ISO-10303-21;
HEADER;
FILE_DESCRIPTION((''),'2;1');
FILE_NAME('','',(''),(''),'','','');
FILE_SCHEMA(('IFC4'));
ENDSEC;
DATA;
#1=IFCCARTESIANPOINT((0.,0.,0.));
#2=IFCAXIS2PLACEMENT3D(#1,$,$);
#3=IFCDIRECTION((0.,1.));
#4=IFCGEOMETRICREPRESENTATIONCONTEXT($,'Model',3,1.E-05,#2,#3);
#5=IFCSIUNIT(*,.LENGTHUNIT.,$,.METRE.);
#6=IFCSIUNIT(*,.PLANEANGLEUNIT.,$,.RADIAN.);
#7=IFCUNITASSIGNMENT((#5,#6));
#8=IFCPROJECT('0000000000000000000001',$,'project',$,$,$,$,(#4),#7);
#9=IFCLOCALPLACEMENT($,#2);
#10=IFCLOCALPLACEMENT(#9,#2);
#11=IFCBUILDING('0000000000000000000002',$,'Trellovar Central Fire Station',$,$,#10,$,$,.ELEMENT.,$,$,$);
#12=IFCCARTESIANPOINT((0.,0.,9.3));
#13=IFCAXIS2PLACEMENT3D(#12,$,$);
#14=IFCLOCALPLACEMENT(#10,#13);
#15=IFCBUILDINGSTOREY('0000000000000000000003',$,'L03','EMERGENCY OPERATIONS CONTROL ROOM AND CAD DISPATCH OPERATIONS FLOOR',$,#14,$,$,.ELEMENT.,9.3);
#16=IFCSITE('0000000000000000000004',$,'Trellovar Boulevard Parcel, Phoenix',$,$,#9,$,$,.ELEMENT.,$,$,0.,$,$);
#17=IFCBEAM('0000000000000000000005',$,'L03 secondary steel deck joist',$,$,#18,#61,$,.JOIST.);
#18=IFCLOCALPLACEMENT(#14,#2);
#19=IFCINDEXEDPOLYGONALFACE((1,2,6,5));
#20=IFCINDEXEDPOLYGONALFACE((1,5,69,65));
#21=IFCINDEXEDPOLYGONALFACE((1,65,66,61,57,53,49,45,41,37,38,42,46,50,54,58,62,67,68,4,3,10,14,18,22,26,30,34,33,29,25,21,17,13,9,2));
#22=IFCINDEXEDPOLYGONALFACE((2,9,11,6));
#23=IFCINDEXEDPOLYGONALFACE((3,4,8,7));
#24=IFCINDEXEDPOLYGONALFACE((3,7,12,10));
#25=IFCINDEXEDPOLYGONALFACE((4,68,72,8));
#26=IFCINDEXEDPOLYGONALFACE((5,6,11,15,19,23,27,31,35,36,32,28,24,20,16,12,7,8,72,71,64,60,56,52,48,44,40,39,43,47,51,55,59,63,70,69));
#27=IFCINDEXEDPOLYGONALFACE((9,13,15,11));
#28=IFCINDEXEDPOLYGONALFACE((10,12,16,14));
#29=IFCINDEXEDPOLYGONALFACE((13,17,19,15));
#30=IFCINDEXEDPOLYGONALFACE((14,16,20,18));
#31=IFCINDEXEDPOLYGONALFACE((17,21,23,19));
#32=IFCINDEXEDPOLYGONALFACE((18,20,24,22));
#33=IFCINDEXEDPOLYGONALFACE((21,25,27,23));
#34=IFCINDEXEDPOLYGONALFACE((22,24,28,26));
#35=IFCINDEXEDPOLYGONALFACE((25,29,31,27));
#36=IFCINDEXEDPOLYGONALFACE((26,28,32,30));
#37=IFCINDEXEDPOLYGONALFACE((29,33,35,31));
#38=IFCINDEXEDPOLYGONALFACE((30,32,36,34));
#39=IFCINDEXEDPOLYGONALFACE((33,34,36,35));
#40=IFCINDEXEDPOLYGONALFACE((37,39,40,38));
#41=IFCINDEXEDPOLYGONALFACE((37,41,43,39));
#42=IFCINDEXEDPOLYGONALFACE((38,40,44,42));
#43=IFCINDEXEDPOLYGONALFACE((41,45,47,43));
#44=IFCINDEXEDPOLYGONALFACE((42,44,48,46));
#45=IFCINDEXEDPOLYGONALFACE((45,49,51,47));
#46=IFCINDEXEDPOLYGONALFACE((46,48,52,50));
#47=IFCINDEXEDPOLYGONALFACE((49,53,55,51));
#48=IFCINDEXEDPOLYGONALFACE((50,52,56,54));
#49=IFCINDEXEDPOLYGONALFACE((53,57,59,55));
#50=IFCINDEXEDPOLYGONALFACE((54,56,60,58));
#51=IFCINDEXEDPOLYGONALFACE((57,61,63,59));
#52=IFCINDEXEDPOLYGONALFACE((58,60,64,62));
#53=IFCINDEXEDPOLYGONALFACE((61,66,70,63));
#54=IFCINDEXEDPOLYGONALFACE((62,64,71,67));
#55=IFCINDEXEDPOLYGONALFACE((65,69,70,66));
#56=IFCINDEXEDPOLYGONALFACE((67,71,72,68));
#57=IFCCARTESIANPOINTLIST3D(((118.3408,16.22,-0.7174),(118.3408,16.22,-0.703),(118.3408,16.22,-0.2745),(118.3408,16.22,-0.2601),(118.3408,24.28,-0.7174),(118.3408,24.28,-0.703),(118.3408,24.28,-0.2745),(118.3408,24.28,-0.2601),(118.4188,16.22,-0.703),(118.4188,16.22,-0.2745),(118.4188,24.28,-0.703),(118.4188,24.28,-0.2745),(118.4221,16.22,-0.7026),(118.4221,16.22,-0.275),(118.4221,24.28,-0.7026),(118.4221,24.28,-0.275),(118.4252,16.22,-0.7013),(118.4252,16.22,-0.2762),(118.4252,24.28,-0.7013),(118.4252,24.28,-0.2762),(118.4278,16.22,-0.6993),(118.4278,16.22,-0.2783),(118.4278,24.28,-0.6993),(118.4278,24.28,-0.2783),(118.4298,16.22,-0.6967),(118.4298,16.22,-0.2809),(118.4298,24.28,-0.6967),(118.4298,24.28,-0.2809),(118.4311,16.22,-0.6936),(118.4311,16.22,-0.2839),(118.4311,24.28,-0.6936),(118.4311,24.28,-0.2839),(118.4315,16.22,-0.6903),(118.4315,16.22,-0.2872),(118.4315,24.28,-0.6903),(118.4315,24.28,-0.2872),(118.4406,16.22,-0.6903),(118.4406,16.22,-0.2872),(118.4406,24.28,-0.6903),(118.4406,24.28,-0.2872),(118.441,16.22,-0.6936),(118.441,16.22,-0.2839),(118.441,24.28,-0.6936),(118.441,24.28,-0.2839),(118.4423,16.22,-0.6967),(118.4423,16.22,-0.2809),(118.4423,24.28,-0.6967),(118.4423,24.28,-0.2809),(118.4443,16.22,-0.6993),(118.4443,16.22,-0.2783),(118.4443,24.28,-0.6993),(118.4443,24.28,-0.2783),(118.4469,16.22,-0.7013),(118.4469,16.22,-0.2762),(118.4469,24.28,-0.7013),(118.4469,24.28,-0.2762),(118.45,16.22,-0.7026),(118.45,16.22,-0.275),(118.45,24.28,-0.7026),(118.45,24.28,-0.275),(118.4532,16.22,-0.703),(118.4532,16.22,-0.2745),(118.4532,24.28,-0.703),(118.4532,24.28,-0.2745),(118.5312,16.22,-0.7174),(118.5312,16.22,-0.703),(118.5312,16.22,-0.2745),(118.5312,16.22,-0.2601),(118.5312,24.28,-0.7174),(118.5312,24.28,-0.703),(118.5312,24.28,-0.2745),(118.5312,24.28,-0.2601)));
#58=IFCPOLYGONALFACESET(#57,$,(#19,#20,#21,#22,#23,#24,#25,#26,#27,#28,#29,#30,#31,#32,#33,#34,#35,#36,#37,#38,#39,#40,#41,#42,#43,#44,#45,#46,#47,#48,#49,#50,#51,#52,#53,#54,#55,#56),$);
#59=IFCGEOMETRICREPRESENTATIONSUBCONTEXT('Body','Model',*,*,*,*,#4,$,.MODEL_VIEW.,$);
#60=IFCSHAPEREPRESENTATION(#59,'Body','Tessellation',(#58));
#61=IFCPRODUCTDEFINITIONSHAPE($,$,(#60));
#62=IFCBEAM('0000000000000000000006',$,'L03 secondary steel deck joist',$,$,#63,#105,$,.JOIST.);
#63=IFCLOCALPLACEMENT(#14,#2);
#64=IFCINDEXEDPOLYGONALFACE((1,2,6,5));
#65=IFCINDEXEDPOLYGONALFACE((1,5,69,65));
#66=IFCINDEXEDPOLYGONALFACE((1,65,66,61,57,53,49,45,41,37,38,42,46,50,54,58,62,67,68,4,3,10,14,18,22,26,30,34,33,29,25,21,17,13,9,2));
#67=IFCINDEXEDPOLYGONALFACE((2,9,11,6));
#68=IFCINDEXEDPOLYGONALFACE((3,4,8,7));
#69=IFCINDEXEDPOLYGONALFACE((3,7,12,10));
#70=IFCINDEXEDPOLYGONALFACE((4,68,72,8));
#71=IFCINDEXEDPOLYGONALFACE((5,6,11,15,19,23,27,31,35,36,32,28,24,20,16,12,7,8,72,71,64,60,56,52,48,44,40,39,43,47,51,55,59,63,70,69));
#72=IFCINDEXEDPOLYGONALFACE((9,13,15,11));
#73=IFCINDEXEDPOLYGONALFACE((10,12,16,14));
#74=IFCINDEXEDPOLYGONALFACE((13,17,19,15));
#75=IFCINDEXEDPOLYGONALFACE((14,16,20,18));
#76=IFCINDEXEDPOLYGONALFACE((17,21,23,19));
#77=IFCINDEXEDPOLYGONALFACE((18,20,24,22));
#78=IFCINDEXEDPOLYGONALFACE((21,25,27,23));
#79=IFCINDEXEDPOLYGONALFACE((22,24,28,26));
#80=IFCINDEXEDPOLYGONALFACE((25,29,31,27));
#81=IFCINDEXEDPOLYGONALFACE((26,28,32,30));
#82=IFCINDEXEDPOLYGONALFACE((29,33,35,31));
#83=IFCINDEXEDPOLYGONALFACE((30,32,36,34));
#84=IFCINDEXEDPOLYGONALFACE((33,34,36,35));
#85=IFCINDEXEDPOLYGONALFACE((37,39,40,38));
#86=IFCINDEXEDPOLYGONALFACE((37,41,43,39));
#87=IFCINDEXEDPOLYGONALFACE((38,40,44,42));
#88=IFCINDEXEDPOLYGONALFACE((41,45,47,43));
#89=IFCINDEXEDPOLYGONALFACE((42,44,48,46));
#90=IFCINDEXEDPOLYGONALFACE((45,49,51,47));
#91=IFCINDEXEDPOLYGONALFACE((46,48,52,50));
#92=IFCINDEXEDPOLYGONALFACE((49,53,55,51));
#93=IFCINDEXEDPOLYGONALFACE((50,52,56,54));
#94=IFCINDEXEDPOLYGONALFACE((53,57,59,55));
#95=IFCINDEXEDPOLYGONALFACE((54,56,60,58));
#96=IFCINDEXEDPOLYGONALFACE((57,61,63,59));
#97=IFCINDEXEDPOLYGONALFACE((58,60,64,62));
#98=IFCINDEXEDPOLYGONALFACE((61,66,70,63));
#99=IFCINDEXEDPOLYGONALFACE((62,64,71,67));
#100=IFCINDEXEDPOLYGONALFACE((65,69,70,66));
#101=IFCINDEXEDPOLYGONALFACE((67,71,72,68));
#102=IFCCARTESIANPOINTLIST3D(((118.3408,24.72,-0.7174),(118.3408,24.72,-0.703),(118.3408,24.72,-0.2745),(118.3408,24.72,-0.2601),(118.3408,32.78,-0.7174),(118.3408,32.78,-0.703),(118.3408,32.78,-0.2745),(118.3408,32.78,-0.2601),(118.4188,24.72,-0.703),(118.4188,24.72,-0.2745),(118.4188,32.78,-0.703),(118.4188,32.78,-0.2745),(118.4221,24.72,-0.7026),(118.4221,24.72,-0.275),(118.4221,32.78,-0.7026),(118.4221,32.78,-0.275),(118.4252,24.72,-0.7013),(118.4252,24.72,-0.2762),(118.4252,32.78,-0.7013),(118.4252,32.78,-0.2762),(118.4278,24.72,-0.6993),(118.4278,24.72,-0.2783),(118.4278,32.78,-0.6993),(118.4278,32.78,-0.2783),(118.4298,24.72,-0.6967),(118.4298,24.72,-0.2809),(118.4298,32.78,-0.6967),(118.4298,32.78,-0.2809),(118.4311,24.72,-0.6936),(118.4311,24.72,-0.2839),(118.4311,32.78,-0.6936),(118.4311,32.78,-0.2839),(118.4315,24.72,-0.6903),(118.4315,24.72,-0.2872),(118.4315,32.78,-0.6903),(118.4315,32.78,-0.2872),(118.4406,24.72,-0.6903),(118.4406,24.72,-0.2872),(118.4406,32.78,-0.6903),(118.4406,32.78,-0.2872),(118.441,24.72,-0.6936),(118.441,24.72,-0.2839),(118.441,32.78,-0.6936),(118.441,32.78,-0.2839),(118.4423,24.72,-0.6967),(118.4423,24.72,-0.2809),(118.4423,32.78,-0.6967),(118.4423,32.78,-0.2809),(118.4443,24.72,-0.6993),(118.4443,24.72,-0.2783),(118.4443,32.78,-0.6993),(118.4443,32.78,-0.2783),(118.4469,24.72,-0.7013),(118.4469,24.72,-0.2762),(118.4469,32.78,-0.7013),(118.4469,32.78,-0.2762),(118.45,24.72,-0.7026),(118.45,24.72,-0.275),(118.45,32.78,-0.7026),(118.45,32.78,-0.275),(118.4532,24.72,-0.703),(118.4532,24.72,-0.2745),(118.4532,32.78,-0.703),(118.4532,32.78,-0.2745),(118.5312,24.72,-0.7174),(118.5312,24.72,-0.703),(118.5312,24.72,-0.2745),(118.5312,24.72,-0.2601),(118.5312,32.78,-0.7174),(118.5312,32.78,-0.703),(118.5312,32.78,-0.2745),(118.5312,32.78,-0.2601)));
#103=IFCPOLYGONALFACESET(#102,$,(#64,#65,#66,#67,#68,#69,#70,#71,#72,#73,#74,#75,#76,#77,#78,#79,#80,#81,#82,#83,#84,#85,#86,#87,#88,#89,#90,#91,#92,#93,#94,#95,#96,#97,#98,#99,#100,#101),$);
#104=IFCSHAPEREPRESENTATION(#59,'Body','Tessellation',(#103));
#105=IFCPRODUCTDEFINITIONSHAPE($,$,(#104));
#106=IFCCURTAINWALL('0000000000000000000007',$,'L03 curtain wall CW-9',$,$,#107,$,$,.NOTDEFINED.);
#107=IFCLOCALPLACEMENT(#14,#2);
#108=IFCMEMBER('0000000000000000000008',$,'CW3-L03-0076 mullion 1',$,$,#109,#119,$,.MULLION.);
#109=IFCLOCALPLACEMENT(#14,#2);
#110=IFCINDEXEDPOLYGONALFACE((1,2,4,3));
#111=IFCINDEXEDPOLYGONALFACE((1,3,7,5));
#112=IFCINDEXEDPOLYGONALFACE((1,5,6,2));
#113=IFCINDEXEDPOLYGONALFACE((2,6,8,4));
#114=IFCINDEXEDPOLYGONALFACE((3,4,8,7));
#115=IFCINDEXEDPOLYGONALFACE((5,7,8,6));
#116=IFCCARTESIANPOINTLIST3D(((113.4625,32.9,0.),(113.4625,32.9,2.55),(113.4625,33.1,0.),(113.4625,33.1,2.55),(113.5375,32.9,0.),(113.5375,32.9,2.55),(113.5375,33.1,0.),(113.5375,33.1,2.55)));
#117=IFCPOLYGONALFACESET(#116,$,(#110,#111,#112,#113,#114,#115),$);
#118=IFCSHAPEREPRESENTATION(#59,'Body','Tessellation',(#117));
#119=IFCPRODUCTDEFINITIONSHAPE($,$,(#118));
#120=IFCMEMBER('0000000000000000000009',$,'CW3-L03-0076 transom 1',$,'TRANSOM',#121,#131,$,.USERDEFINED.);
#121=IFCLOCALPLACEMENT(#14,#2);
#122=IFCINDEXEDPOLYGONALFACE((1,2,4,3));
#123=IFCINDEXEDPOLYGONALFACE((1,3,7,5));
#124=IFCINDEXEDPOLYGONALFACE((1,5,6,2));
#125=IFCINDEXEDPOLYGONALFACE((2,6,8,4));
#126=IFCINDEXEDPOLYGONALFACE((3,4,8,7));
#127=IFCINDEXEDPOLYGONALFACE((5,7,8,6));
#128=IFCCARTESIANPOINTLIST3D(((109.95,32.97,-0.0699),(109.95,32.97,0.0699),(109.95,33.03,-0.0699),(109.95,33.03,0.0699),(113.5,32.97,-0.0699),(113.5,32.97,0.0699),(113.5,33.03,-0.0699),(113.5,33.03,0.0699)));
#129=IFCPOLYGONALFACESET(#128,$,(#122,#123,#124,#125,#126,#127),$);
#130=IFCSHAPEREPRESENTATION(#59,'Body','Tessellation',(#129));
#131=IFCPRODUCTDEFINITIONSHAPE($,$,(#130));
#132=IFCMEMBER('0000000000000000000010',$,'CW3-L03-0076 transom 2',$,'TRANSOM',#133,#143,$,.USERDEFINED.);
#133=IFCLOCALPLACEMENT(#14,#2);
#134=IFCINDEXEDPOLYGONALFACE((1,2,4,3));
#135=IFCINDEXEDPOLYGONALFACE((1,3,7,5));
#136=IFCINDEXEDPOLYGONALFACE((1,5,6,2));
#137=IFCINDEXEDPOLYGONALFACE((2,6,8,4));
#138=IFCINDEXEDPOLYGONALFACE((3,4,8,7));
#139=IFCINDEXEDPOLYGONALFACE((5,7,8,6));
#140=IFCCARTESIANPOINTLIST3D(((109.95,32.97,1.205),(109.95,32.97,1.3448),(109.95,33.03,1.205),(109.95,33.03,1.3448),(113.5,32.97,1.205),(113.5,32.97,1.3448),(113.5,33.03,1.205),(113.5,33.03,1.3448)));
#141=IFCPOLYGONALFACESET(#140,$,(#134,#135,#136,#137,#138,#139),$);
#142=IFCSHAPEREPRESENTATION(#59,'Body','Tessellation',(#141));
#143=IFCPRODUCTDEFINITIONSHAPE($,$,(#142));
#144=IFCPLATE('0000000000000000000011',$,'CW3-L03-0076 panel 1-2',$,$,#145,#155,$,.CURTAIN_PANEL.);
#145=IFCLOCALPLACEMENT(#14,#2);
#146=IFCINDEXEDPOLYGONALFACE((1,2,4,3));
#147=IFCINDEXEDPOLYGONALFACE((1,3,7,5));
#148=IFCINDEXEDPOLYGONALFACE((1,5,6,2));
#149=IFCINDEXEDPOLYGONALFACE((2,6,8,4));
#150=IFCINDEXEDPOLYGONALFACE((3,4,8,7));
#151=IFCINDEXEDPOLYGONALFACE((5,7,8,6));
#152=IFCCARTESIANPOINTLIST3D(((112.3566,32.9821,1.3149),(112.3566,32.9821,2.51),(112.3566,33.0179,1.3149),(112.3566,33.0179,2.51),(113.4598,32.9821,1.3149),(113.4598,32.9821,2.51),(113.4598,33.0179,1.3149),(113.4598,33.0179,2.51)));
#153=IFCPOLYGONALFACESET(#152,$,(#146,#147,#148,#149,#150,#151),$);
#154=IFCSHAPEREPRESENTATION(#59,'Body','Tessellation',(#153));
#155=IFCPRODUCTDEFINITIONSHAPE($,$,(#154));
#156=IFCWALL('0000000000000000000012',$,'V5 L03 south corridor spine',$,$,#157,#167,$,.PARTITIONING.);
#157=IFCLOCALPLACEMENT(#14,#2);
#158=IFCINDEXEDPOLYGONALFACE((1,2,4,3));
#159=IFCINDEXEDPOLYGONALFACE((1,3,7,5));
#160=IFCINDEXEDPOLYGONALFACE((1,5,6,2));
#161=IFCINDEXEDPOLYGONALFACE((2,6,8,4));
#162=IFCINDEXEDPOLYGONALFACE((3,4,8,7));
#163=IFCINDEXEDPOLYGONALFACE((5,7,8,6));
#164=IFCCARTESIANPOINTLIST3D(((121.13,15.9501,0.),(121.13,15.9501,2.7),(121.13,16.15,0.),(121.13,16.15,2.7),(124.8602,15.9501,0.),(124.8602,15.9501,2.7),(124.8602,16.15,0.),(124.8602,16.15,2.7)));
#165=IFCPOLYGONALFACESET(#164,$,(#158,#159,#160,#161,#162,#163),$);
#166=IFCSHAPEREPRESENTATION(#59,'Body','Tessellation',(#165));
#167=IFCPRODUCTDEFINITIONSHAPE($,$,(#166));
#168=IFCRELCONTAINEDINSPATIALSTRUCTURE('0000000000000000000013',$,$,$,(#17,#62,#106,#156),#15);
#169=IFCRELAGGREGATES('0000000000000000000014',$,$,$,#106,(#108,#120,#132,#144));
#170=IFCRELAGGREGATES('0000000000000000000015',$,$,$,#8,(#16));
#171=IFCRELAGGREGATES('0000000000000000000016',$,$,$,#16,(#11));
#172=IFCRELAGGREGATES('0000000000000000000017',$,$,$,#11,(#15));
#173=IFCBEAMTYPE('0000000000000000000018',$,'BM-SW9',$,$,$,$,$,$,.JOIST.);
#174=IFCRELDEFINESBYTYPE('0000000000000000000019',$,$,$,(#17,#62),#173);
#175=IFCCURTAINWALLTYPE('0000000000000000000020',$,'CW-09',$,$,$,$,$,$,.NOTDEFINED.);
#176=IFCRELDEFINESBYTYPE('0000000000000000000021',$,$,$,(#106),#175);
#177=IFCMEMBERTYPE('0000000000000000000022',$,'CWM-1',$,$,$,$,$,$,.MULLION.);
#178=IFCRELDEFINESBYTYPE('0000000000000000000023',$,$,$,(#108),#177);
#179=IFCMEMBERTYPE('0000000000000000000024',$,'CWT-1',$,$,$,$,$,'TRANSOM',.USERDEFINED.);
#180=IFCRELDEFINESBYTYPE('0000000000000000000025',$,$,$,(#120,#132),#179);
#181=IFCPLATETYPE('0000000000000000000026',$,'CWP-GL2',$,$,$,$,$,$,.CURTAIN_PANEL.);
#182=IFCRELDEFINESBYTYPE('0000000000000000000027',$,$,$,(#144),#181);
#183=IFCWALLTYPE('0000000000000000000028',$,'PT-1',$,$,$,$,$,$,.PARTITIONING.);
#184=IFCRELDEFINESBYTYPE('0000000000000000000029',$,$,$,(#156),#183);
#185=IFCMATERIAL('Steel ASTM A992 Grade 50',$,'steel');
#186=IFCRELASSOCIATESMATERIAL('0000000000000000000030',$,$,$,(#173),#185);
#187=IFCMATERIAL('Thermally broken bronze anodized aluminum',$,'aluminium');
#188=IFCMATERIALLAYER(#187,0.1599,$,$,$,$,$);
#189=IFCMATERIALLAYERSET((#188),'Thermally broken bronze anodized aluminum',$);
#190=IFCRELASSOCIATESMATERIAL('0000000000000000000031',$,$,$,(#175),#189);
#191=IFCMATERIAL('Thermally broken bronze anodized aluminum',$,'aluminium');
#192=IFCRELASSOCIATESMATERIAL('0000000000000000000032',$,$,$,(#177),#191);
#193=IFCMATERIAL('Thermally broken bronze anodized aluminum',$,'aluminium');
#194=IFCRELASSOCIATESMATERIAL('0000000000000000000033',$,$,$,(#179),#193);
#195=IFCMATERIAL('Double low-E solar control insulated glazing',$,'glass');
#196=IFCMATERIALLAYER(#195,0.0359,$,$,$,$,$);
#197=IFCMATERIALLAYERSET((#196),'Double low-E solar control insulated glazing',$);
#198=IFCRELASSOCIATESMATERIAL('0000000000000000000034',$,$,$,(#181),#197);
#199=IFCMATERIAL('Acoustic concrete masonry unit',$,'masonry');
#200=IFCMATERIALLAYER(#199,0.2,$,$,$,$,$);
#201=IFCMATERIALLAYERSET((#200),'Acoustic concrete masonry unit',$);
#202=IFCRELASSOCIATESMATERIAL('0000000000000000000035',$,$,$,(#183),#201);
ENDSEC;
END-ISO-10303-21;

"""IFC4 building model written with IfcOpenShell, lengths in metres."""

from ifc_helpers import new_model, si_unit, direction, frame, frame_2d, origin, origin_2d, place, context, subcontext, project, spatial, rectangle, i_section, extrude, material, layer, layer_set, material_profile, profile_set, type_object, element, aggregate, save


model = new_model("IFC4")

# Units and contexts
model_context = context("Model", 3, precision=1e-05, world=origin(), true_north=direction((0.0, 1.0)))
body_context = subcontext(model_context, "Body", "Model", "MODEL_VIEW")
ifc_project = project(units=[si_unit("LENGTHUNIT", "METRE"), si_unit("PLANEANGLEUNIT", "RADIAN")], contexts=[model_context])

# Site, building, storey
site_placement = place(None, origin())
site = spatial("IfcSite", under=ifc_project, at=site_placement, Name="Trellovar Boulevard Parcel, Phoenix", CompositionType="ELEMENT", RefElevation=0.0)
building_placement = place(site_placement, origin())
building = spatial("IfcBuilding", under=site, at=building_placement, Name="Trellovar Central Fire Station", CompositionType="ELEMENT")
storey_placement = place(building_placement, frame((0.0, 0.0, 9.3)))
storey = spatial("IfcBuildingStorey", under=building, at=storey_placement, Name="L03", Description="EMERGENCY OPERATIONS CONTROL ROOM AND CAD DISPATCH OPERATIONS FLOOR", CompositionType="ELEMENT", Elevation=9.3)

# Beams
ifc_material_1 = material(Name="Steel ASTM A992 Grade 50", Category="steel")
ifc_material_profile_1 = material_profile(ifc_material_1, i_section(OverallWidth=0.1904, OverallDepth=0.4573, WebThickness=0.009, FlangeThickness=0.0144, FilletRadius=0.0127, at=origin_2d()), Name="W18X50")
ifc_profile_set_1 = profile_set([ifc_material_profile_1], Name="Steel ASTM A992 Grade 50")
beam_type_1 = type_object("IfcBeamType", Name="BM-SW9", PredefinedType="JOIST", material=ifc_profile_set_1)
for number, where, z_axis, x_axis, name in (
    (1, (118.436, 16.22, -0.4888), (0.0, 1.0, 0.0), (-1.0, 0.0, 0.0), "L03 secondary steel deck joist"),
    (2, (118.436, 24.72, -0.4888), (0.0, 1.0, 0.0), (-1.0, 0.0, 0.0), "L03 secondary steel deck joist"),
):
    element("IfcBeam", number, at=place(storey_placement, frame(where, z_axis=z_axis, x_axis=x_axis)), inside=storey, type_object=beam_type_1, Name=name, PredefinedType="JOIST", context=body_context, shape_type="SweptSolid", body=[
        extrude(i_section(OverallWidth=0.1904, OverallDepth=0.4573, WebThickness=0.009, FlangeThickness=0.0144, FilletRadius=0.0127, at=origin_2d()), origin(), (0.0, 0.0, 1.0), 8.0601),
    ])

# Curtain wall, members, plate
ifc_material_2 = material(Name="Thermally broken bronze anodized aluminum", Category="aluminium")
ifc_layer_1 = layer(ifc_material_2, 0.1599)
ifc_layer_set_1 = layer_set([ifc_layer_1], Name="Thermally broken bronze anodized aluminum")
curtain_wall_type = type_object("IfcCurtainWallType", Name="CW-09", PredefinedType="NOTDEFINED", material=ifc_layer_set_1)
curtain_wall_placement = place(storey_placement, origin())
curtain_wall = element("IfcCurtainWall", 3, at=curtain_wall_placement, inside=storey, type_object=curtain_wall_type, Name="L03 curtain wall CW-9", PredefinedType="NOTDEFINED")
ifc_material_3 = material(Name="Thermally broken bronze anodized aluminum", Category="aluminium")
ifc_material_profile_2 = material_profile(ifc_material_3, rectangle(XDim=0.075, YDim=0.2, at=origin_2d()), Name="ALU75X200")
ifc_profile_set_2 = profile_set([ifc_material_profile_2], Name="Thermally broken bronze anodized aluminum")
member_type_1 = type_object("IfcMemberType", Name="CWM-1", PredefinedType="MULLION", material=ifc_profile_set_2)
member_1_placement = place(storey_placement, frame((113.5, 33.0, 0.0), z_axis=(0.0, 0.0, 1.0), x_axis=(1.0, 0.0, 0.0)))
member_1 = element("IfcMember", 4, at=member_1_placement, type_object=member_type_1, Name="CW3-L03-0076 mullion 1", PredefinedType="MULLION", context=body_context, shape_type="SweptSolid", body=[
    extrude(rectangle(XDim=0.075, YDim=0.2, at=origin_2d()), origin(), (0.0, 0.0, 1.0), 2.55),
])
ifc_material_4 = material(Name="Thermally broken bronze anodized aluminum", Category="aluminium")
ifc_material_profile_3 = material_profile(ifc_material_4, rectangle(XDim=0.0601, YDim=0.1399, at=origin_2d()), Name="ALU60X140")
ifc_profile_set_3 = profile_set([ifc_material_profile_3], Name="Thermally broken bronze anodized aluminum")
member_type_2 = type_object("IfcMemberType", Name="CWT-1", ElementType="TRANSOM", PredefinedType="USERDEFINED", material=ifc_profile_set_3)
member_2_placement = place(storey_placement, frame((113.5, 33.0, 0.0), z_axis=(-1.0, 0.0, 0.0), x_axis=(0.0, -1.0, 0.0)))
member_2 = element("IfcMember", 5, at=member_2_placement, type_object=member_type_2, Name="CW3-L03-0076 transom 1", ObjectType="TRANSOM", PredefinedType="USERDEFINED", context=body_context, shape_type="SweptSolid", body=[
    extrude(rectangle(XDim=0.0601, YDim=0.1399, at=origin_2d()), origin(), (0.0, 0.0, 1.0), 3.55),
])
member_3_placement = place(storey_placement, frame((113.5, 33.0, 1.2749), z_axis=(-1.0, 0.0, 0.0), x_axis=(0.0, -1.0, 0.0)))
member_3 = element("IfcMember", 6, at=member_3_placement, type_object=member_type_2, Name="CW3-L03-0076 transom 2", ObjectType="TRANSOM", PredefinedType="USERDEFINED", context=body_context, shape_type="SweptSolid", body=[
    extrude(rectangle(XDim=0.0601, YDim=0.1399, at=origin_2d()), origin(), (0.0, 0.0, 1.0), 3.55),
])
ifc_material_5 = material(Name="Double low-E solar control insulated glazing", Category="glass")
ifc_layer_2 = layer(ifc_material_5, 0.0359)
ifc_layer_set_2 = layer_set([ifc_layer_2], Name="Double low-E solar control insulated glazing")
plate_type = type_object("IfcPlateType", Name="CWP-GL2", PredefinedType="CURTAIN_PANEL", material=ifc_layer_set_2)
plate_placement = place(storey_placement, frame((112.9082, 33.0, 1.3149), z_axis=(0.0, 0.0, 1.0), x_axis=(-1.0, 0.0, 0.0)))
plate = element("IfcPlate", 7, at=plate_placement, type_object=plate_type, Name="CW3-L03-0076 panel 1-2", PredefinedType="CURTAIN_PANEL", context=body_context, shape_type="SweptSolid", body=[
    extrude(rectangle(XDim=1.1033, YDim=0.0359, at=origin_2d()), origin(), (0.0, 0.0, 1.0), 1.1951),
])
aggregate(curtain_wall, [member_1, member_2, member_3, plate])

# Wall
ifc_material_6 = material(Name="Acoustic concrete masonry unit", Category="masonry")
ifc_layer_3 = layer(ifc_material_6, 0.2)
ifc_layer_set_3 = layer_set([ifc_layer_3], Name="Acoustic concrete masonry unit")
wall_type = type_object("IfcWallType", Name="PT-1", PredefinedType="PARTITIONING", material=ifc_layer_set_3)
wall_placement = place(storey_placement, frame((121.1299, 16.05, 0.0), z_axis=(0.0, 0.0, 1.0), x_axis=(1.0, 0.0, 0.0)))
element("IfcWall", 8, at=wall_placement, inside=storey, type_object=wall_type, Name="V5 L03 south corridor spine", PredefinedType="PARTITIONING", context=body_context, shape_type="SweptSolid", body=[
    extrude(rectangle(XDim=3.7302, YDim=0.2, at=frame_2d((1.8652, 0.0))), origin(), (0.0, 0.0, 1.0), 2.7),
])

save(model, "model.ifc")
